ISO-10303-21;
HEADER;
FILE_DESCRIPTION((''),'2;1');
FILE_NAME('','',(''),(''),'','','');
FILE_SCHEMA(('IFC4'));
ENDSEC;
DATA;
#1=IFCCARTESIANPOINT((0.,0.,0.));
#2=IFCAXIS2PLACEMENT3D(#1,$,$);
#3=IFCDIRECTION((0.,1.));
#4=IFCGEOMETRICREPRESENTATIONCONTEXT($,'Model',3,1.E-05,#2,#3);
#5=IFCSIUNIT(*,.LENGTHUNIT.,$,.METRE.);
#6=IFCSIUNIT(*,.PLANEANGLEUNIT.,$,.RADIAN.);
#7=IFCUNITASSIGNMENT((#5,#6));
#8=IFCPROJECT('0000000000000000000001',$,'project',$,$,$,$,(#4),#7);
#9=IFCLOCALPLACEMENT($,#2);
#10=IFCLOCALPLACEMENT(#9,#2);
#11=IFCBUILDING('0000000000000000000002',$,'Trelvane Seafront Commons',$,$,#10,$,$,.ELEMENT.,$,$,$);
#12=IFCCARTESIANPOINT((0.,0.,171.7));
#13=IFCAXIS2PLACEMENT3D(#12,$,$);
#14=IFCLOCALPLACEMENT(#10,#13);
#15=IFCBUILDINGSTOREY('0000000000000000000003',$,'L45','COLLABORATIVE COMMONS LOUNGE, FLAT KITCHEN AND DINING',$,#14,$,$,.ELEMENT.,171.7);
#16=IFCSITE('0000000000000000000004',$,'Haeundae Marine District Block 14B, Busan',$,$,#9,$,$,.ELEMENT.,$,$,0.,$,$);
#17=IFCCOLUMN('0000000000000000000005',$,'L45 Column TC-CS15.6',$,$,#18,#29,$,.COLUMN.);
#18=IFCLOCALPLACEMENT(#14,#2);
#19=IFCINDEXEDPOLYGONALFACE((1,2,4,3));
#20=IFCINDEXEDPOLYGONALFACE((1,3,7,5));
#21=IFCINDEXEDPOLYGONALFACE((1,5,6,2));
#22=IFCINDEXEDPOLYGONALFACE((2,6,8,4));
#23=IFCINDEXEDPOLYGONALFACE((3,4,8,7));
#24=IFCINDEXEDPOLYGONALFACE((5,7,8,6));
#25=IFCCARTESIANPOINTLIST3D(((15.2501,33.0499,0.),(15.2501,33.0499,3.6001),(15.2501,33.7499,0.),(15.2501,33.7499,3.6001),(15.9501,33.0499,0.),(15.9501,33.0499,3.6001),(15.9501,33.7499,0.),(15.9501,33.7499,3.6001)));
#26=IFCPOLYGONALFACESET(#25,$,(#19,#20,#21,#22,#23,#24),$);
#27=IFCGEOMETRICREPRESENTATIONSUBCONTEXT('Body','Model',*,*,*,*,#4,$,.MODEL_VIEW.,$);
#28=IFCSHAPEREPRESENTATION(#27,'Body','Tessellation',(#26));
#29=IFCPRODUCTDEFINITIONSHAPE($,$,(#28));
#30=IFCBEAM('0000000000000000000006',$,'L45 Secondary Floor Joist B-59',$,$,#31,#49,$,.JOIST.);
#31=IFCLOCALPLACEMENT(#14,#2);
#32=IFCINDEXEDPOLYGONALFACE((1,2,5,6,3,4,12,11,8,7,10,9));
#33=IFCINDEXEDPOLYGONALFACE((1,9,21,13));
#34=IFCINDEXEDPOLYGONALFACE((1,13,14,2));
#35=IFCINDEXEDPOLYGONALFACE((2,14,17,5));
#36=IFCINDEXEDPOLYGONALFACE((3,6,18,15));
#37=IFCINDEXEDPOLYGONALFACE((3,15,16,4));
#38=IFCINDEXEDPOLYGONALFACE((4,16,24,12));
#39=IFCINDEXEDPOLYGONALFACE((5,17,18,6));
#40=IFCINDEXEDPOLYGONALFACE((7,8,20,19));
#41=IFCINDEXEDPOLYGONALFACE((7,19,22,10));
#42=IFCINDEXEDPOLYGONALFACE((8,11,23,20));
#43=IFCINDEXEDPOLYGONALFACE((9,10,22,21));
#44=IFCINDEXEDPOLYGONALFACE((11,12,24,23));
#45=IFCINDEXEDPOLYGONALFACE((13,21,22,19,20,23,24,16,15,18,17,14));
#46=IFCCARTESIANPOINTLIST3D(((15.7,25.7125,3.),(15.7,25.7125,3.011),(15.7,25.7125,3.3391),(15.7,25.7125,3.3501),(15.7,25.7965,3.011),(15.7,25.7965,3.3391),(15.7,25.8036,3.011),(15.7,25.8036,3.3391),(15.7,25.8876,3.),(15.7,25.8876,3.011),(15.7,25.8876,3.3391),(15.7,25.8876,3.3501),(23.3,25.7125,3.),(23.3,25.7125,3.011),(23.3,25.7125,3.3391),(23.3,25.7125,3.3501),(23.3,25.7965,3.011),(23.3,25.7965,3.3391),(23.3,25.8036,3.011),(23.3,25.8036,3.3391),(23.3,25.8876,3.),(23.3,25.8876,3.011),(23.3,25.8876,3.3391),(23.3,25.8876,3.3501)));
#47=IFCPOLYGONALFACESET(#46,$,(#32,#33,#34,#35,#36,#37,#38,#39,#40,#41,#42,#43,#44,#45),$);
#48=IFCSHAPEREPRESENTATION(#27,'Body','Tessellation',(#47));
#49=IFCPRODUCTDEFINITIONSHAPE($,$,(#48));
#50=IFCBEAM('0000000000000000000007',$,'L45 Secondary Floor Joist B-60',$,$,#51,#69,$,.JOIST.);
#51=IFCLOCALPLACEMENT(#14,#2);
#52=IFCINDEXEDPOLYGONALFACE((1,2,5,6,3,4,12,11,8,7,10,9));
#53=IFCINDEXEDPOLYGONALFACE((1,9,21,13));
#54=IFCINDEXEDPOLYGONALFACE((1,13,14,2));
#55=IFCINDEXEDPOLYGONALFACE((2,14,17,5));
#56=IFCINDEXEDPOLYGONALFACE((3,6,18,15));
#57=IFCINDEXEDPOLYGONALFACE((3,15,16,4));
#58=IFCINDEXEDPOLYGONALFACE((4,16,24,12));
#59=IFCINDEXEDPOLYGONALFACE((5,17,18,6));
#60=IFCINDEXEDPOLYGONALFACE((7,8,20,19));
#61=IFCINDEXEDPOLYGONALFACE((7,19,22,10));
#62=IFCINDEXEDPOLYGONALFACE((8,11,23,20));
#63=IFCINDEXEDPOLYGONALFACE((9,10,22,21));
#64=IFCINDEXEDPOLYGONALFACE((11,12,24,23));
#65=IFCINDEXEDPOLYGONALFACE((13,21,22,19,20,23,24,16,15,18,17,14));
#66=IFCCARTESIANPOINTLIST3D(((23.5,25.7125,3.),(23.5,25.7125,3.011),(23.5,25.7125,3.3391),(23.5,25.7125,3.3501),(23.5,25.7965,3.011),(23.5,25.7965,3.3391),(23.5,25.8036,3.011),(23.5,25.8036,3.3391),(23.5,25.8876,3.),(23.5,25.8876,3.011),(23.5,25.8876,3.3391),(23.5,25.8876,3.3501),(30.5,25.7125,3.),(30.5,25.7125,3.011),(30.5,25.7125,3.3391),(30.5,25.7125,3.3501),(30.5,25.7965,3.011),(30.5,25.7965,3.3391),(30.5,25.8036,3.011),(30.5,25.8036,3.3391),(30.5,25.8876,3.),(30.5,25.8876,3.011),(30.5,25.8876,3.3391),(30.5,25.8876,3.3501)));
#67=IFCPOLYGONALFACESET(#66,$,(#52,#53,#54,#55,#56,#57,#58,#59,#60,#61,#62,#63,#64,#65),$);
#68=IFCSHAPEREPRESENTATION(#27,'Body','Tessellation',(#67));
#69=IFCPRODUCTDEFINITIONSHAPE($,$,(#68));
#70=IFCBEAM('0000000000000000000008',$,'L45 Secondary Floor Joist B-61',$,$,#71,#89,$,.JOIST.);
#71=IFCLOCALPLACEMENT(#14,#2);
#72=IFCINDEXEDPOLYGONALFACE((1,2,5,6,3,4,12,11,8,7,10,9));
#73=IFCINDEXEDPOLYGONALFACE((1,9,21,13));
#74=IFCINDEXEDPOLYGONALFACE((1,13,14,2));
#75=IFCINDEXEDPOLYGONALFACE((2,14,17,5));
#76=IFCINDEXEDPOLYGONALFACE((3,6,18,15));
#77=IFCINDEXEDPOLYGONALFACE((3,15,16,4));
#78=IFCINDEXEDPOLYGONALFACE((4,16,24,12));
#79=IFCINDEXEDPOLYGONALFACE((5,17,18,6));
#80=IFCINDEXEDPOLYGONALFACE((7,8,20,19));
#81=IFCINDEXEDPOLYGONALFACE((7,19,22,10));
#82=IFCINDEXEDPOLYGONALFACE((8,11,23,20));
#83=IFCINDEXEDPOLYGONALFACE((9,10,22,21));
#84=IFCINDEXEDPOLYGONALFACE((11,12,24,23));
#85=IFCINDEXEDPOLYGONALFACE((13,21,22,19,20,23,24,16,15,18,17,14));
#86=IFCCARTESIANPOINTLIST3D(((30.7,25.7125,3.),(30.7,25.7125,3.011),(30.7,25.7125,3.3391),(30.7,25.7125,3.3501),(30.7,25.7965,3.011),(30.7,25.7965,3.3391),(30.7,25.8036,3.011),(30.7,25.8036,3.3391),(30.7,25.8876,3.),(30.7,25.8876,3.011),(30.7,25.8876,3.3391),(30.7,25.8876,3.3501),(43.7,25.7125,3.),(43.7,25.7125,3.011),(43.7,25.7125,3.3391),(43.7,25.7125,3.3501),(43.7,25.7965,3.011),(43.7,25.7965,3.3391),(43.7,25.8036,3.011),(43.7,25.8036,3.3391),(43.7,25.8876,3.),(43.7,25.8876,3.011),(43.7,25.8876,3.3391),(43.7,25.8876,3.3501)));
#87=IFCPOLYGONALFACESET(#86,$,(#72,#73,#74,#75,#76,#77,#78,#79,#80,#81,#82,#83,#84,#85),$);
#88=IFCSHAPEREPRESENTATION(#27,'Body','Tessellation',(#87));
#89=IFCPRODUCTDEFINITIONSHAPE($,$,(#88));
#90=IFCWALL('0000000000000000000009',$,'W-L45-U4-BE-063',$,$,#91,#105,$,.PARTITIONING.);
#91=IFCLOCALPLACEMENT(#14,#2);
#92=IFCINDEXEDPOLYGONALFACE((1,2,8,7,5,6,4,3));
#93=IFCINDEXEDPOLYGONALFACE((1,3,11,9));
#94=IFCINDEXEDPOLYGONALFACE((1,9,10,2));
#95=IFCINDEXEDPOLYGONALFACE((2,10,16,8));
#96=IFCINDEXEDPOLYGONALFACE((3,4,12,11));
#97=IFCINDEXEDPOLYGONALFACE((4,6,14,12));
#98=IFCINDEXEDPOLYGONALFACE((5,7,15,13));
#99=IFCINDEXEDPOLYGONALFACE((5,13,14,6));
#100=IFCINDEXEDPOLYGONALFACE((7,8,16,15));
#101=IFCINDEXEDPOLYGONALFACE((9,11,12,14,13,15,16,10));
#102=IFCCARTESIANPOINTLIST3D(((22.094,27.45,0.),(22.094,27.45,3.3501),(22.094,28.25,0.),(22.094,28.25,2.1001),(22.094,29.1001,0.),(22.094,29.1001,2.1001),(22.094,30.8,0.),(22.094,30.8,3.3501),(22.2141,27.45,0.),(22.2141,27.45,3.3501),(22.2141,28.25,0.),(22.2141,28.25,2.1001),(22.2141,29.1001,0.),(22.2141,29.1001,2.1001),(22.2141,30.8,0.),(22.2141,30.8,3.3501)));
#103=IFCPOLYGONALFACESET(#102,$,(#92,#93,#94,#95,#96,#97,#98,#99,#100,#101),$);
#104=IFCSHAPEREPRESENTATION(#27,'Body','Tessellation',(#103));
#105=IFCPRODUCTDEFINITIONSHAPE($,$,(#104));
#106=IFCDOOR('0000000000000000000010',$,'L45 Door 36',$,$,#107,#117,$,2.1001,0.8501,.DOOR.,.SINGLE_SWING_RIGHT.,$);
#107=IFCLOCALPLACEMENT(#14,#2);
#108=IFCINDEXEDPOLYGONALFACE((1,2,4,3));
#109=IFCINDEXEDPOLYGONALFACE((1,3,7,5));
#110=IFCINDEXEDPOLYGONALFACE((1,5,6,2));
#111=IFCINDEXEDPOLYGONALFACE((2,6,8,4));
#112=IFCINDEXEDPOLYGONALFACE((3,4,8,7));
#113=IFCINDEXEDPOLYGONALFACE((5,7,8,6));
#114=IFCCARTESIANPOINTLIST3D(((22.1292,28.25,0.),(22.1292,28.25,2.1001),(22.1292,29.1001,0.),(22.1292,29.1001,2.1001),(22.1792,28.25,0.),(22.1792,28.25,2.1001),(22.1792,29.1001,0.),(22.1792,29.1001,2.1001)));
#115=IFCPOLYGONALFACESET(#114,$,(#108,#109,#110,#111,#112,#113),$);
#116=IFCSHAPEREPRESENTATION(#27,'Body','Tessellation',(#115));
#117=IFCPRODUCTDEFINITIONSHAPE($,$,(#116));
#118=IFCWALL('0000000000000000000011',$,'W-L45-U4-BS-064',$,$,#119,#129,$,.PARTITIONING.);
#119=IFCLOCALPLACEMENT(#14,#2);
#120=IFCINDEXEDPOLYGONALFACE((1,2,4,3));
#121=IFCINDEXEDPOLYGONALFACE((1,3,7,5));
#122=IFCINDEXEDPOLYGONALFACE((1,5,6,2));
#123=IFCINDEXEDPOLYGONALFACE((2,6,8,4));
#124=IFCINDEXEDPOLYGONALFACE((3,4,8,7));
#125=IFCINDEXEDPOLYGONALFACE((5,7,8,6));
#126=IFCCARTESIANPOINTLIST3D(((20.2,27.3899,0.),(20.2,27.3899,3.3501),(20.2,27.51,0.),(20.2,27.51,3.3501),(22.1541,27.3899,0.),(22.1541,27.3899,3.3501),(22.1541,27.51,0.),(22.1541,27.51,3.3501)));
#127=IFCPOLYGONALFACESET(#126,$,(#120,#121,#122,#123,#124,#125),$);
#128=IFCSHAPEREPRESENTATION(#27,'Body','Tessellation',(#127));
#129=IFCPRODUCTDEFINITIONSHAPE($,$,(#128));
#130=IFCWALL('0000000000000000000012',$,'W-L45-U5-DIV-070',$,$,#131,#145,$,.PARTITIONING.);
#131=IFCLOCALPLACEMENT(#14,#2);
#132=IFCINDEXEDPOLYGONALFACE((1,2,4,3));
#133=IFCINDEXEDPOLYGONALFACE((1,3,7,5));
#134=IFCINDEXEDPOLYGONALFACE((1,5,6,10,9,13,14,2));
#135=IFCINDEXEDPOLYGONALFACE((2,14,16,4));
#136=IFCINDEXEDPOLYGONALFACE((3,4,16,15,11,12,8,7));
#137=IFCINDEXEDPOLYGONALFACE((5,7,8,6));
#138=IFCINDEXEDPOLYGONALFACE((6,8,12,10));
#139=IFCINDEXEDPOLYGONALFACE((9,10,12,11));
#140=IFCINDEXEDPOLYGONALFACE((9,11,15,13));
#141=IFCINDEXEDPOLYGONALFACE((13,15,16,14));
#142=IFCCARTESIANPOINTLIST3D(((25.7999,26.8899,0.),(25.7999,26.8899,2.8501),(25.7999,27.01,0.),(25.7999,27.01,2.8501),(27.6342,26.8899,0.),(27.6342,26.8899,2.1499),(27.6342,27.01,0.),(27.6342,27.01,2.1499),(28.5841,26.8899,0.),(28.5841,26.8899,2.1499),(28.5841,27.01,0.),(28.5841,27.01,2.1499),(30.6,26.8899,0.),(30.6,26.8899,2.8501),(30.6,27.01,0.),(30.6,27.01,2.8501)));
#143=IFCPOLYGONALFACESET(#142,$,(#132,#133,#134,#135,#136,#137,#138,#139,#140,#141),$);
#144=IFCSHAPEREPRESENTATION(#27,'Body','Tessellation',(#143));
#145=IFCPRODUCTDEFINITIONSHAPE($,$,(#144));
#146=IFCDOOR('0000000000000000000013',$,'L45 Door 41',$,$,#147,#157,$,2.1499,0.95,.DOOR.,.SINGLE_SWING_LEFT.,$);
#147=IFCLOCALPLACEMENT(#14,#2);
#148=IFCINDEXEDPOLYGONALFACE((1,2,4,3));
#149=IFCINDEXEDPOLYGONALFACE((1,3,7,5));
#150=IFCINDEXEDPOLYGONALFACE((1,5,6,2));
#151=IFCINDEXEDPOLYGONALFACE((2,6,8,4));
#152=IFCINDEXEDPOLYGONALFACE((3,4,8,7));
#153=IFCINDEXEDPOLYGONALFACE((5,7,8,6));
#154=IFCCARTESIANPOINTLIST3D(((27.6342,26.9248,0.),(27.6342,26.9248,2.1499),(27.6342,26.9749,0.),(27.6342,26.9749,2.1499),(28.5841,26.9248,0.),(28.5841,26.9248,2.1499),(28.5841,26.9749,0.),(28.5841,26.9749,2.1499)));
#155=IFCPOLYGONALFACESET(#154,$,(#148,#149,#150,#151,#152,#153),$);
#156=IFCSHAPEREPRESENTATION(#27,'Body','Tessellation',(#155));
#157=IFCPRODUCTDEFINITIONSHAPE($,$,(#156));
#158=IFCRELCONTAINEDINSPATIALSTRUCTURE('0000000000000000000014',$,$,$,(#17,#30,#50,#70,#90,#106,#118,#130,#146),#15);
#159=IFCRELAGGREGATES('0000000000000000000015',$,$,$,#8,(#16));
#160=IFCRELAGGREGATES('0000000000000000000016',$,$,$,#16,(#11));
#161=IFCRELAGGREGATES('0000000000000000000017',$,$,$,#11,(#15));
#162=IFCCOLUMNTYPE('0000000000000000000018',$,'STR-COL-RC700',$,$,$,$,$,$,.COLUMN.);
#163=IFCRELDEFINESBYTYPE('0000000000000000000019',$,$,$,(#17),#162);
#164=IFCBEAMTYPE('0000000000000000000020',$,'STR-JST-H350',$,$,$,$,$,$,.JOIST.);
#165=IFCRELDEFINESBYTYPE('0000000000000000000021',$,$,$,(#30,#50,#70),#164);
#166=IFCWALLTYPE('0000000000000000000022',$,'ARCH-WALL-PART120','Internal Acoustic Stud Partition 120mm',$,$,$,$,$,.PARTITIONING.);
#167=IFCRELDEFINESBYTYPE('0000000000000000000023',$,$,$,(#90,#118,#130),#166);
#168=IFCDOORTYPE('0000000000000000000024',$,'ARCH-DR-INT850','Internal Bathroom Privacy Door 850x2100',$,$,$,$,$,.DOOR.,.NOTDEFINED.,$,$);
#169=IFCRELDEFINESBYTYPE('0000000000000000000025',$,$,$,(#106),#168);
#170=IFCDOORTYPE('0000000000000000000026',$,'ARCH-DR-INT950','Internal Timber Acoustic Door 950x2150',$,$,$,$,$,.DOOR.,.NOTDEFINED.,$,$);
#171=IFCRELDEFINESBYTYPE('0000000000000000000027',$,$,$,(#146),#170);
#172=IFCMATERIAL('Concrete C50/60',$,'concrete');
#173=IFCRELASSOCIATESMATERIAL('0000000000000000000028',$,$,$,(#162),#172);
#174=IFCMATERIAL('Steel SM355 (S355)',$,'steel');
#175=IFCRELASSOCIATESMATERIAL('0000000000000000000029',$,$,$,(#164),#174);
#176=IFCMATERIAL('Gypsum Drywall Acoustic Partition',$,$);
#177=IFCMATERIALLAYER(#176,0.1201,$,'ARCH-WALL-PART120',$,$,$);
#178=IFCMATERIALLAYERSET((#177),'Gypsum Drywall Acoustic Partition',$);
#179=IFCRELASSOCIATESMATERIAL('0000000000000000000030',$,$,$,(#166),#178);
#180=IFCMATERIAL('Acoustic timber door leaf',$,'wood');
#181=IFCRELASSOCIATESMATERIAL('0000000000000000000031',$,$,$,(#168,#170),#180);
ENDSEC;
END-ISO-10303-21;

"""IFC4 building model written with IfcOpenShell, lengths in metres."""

from ifc_helpers import new_model, si_unit, direction, frame, frame_2d, origin, origin_2d, place, context, subcontext, project, spatial, rectangle, i_section, extrude, source, transform, mapped, material, layer, layer_set, material_profile, profile_set, type_object, element, fill, save


model = new_model("IFC4")

# Units and contexts
model_context = context("Model", 3, precision=1e-05, world=origin(), true_north=direction((0.0, 1.0)))
body_context = subcontext(model_context, "Body", "Model", "MODEL_VIEW")
ifc_project = project(units=[si_unit("LENGTHUNIT", "METRE"), si_unit("PLANEANGLEUNIT", "RADIAN")], contexts=[model_context])

# Site, building, storey
site_placement = place(None, origin())
site = spatial("IfcSite", under=ifc_project, at=site_placement, Name="Haeundae Marine District Block 14B, Busan", CompositionType="ELEMENT", RefElevation=0.0)
building_placement = place(site_placement, origin())
building = spatial("IfcBuilding", under=site, at=building_placement, Name="Trelvane Seafront Commons", CompositionType="ELEMENT")
storey_placement = place(building_placement, frame((0.0, 0.0, 171.7)))
storey = spatial("IfcBuildingStorey", under=building, at=storey_placement, Name="L45", Description="COLLABORATIVE COMMONS LOUNGE, FLAT KITCHEN AND DINING", CompositionType="ELEMENT", Elevation=171.7)

# Column
ifc_material_1 = material(Name="Concrete C50/60", Category="concrete")
ifc_material_profile_1 = material_profile(ifc_material_1, rectangle(XDim=0.7, YDim=0.7, at=origin_2d()), Name="RC-700x700")
ifc_profile_set_1 = profile_set([ifc_material_profile_1], Name="Concrete C50/60")
column_type = type_object("IfcColumnType", Name="STR-COL-RC700", PredefinedType="COLUMN", material=ifc_profile_set_1)
shared_shape_1 = source(origin(), body_context, "Body", "SweptSolid", [
    extrude(rectangle(XDim=0.7, YDim=0.7, at=origin_2d()), origin(), (0.0, 0.0, 1.0), 3.6001),
])
column_placement = place(storey_placement, frame((15.6001, 33.3999, 0.0), z_axis=(0.0, 0.0, 1.0), x_axis=(1.0, 0.0, 0.0)))
element("IfcColumn", 1, at=column_placement, inside=storey, type_object=column_type, Name="L45 Column TC-CS15.6", PredefinedType="COLUMN", context=body_context, shape_type="MappedRepresentation", body=[
    mapped(shared_shape_1, transform((0.0, 0.0, 0.0), x_axis=(1.0, 0.0, 0.0), y_axis=(0.0, 1.0, 0.0), z_axis=(0.0, 0.0, 1.0), scale=1.0)),
])

# Beams
ifc_material_2 = material(Name="Steel SM355 (S355)", Category="steel")
ifc_material_profile_2 = material_profile(ifc_material_2, i_section(OverallWidth=0.175, OverallDepth=0.3501, WebThickness=0.0071, FlangeThickness=0.011, at=origin_2d()), Name="H-350x175x7x11")
ifc_profile_set_2 = profile_set([ifc_material_profile_2], Name="Steel SM355 (S355)")
beam_type = type_object("IfcBeamType", Name="STR-JST-H350", PredefinedType="JOIST", material=ifc_profile_set_2)
shared_shape_2 = source(origin(), body_context, "Body", "SweptSolid", [
    extrude(i_section(OverallWidth=0.175, OverallDepth=0.3501, WebThickness=0.0071, FlangeThickness=0.011, at=origin_2d()), origin(), (0.0, 0.0, 1.0), 7.6001),
])
beam_1_placement = place(storey_placement, frame((15.7, 25.8, 3.175), z_axis=(1.0, 0.0, 0.0), x_axis=(0.0, 1.0, 0.0)))
element("IfcBeam", 2, at=beam_1_placement, inside=storey, type_object=beam_type, Name="L45 Secondary Floor Joist B-59", PredefinedType="JOIST", context=body_context, shape_type="MappedRepresentation", body=[
    mapped(shared_shape_2, transform((0.0, 0.0, 0.0), x_axis=(1.0, 0.0, 0.0), y_axis=(0.0, 1.0, 0.0), z_axis=(0.0, 0.0, 1.0), scale=1.0)),
])
shared_shape_3 = source(origin(), body_context, "Body", "SweptSolid", [
    extrude(i_section(OverallWidth=0.175, OverallDepth=0.3501, WebThickness=0.0071, FlangeThickness=0.011, at=origin_2d()), origin(), (0.0, 0.0, 1.0), 7.0),
])
beam_2_placement = place(storey_placement, frame((23.5, 25.8, 3.175), z_axis=(1.0, 0.0, 0.0), x_axis=(0.0, 1.0, 0.0)))
element("IfcBeam", 3, at=beam_2_placement, inside=storey, type_object=beam_type, Name="L45 Secondary Floor Joist B-60", PredefinedType="JOIST", context=body_context, shape_type="MappedRepresentation", body=[
    mapped(shared_shape_3, transform((0.0, 0.0, 0.0), x_axis=(1.0, 0.0, 0.0), y_axis=(0.0, 1.0, 0.0), z_axis=(0.0, 0.0, 1.0), scale=1.0)),
])
shared_shape_4 = source(origin(), body_context, "Body", "SweptSolid", [
    extrude(i_section(OverallWidth=0.175, OverallDepth=0.3501, WebThickness=0.0071, FlangeThickness=0.011, at=origin_2d()), origin(), (0.0, 0.0, 1.0), 13.0),
])
beam_3_placement = place(storey_placement, frame((30.7, 25.8, 3.175), z_axis=(1.0, 0.0, 0.0), x_axis=(0.0, 1.0, 0.0)))
element("IfcBeam", 4, at=beam_3_placement, inside=storey, type_object=beam_type, Name="L45 Secondary Floor Joist B-61", PredefinedType="JOIST", context=body_context, shape_type="MappedRepresentation", body=[
    mapped(shared_shape_4, transform((0.0, 0.0, 0.0), x_axis=(1.0, 0.0, 0.0), y_axis=(0.0, 1.0, 0.0), z_axis=(0.0, 0.0, 1.0), scale=1.0)),
])

# Wall, opening, door
ifc_material_3 = material(Name="Gypsum Drywall Acoustic Partition")
ifc_layer_1 = layer(ifc_material_3, 0.1201, Name="ARCH-WALL-PART120")
ifc_layer_set_1 = layer_set([ifc_layer_1], Name="Gypsum Drywall Acoustic Partition")
wall_type_1 = type_object("IfcWallType", Name="ARCH-WALL-PART120", Description="Internal Acoustic Stud Partition 120mm", PredefinedType="PARTITIONING", material=ifc_layer_set_1)
wall_1_placement = place(storey_placement, frame((22.1541, 27.45, 0.0), z_axis=(0.0, 0.0, 1.0), x_axis=(0.0, 1.0, 0.0)))
wall_1 = element("IfcWall", 5, at=wall_1_placement, inside=storey, type_object=wall_type_1, Name="W-L45-U4-BE-063", PredefinedType="PARTITIONING", context=body_context, shape_type="SweptSolid", body=[
    extrude(rectangle(XDim=3.3501, YDim=0.1201, at=frame_2d((1.675, 0.0))), origin(), (0.0, 0.0, 1.0), 3.3501),
])
opening_1_placement = place(wall_1_placement, frame((0.8, 0.0, 0.0)))
opening_1 = element("IfcOpeningElement", 6, at=opening_1_placement, cuts=wall_1, PredefinedType="OPENING", context=body_context, shape_type="SweptSolid", body=[
    extrude(rectangle(XDim=0.8501, YDim=2.1001, at=frame_2d((0.425, 1.05))), frame((0.0, 0.0701, 0.0), z_axis=(0.0, -1.0, 0.0), x_axis=(1.0, 0.0, 0.0)), (0.0, 0.0, 1.0), 0.1401),
])
ifc_material_4 = material(Name="Acoustic timber door leaf", Category="wood")
door_type_1 = type_object("IfcDoorType", Name="ARCH-DR-INT850", Description="Internal Bathroom Privacy Door 850x2100", OperationType="NOTDEFINED", PredefinedType="DOOR", material=ifc_material_4)
shared_shape_5 = source(origin(), body_context, "Body", "SweptSolid", [
    extrude(rectangle(XDim=0.8501, YDim=2.1001, at=frame_2d((0.425, 1.05))), frame((0.0, 0.0249, 0.0), z_axis=(0.0, -1.0, 0.0), x_axis=(1.0, 0.0, 0.0)), (0.0, 0.0, 1.0), 0.05),
])
door_1_placement = place(opening_1_placement, origin())
door_1 = element("IfcDoor", 7, at=door_1_placement, inside=storey, type_object=door_type_1, Name="L45 Door 36", OperationType="SINGLE_SWING_RIGHT", OverallHeight=2.1001, OverallWidth=0.8501, PredefinedType="DOOR", context=body_context, shape_type="MappedRepresentation", body=[
    mapped(shared_shape_5, transform((0.0, 0.0, 0.0), x_axis=(1.0, 0.0, 0.0), y_axis=(0.0, 1.0, 0.0), z_axis=(0.0, 0.0, 1.0), scale=1.0)),
])
fill(opening_1, door_1)

# Wall
wall_2_placement = place(storey_placement, frame((20.2, 27.45, 0.0), z_axis=(0.0, 0.0, 1.0), x_axis=(1.0, 0.0, 0.0)))
element("IfcWall", 8, at=wall_2_placement, inside=storey, type_object=wall_type_1, Name="W-L45-U4-BS-064", PredefinedType="PARTITIONING", context=body_context, shape_type="SweptSolid", body=[
    extrude(rectangle(XDim=1.9541, YDim=0.1201, at=frame_2d((0.9771, 0.0))), origin(), (0.0, 0.0, 1.0), 3.3501),
])

# Wall, opening, door
wall_3_placement = place(storey_placement, frame((25.8, 26.95, 0.0), z_axis=(0.0, 0.0, 1.0), x_axis=(1.0, 0.0, 0.0)))
wall_3 = element("IfcWall", 9, at=wall_3_placement, inside=storey, type_object=wall_type_1, Name="W-L45-U5-DIV-070", PredefinedType="PARTITIONING", context=body_context, shape_type="SweptSolid", body=[
    extrude(rectangle(XDim=4.8, YDim=0.1201, at=frame_2d((2.3999, 0.0))), origin(), (0.0, 0.0, 1.0), 2.8501),
])
opening_2_placement = place(wall_3_placement, frame((1.834, 0.0, 0.0)))
opening_2 = element("IfcOpeningElement", 10, at=opening_2_placement, cuts=wall_3, PredefinedType="OPENING", context=body_context, shape_type="SweptSolid", body=[
    extrude(rectangle(XDim=0.95, YDim=2.1499, at=frame_2d((0.4751, 1.075))), frame((0.0, 0.0701, 0.0), z_axis=(0.0, -1.0, 0.0), x_axis=(1.0, 0.0, 0.0)), (0.0, 0.0, 1.0), 0.1401),
])
door_type_2 = type_object("IfcDoorType", Name="ARCH-DR-INT950", Description="Internal Timber Acoustic Door 950x2150", OperationType="NOTDEFINED", PredefinedType="DOOR", material=ifc_material_4)
shared_shape_6 = source(origin(), body_context, "Body", "SweptSolid", [
    extrude(rectangle(XDim=0.95, YDim=2.1499, at=frame_2d((0.4751, 1.075))), frame((0.0, 0.0249, 0.0), z_axis=(0.0, -1.0, 0.0), x_axis=(1.0, 0.0, 0.0)), (0.0, 0.0, 1.0), 0.05),
])
door_2_placement = place(opening_2_placement, origin())
door_2 = element("IfcDoor", 11, at=door_2_placement, inside=storey, type_object=door_type_2, Name="L45 Door 41", OperationType="SINGLE_SWING_LEFT", OverallHeight=2.1499, OverallWidth=0.95, PredefinedType="DOOR", context=body_context, shape_type="MappedRepresentation", body=[
    mapped(shared_shape_6, transform((0.0, 0.0, 0.0), x_axis=(1.0, 0.0, 0.0), y_axis=(0.0, 1.0, 0.0), z_axis=(0.0, 0.0, 1.0), scale=1.0)),
])
fill(opening_2, door_2)

save(model, "model.ifc")
